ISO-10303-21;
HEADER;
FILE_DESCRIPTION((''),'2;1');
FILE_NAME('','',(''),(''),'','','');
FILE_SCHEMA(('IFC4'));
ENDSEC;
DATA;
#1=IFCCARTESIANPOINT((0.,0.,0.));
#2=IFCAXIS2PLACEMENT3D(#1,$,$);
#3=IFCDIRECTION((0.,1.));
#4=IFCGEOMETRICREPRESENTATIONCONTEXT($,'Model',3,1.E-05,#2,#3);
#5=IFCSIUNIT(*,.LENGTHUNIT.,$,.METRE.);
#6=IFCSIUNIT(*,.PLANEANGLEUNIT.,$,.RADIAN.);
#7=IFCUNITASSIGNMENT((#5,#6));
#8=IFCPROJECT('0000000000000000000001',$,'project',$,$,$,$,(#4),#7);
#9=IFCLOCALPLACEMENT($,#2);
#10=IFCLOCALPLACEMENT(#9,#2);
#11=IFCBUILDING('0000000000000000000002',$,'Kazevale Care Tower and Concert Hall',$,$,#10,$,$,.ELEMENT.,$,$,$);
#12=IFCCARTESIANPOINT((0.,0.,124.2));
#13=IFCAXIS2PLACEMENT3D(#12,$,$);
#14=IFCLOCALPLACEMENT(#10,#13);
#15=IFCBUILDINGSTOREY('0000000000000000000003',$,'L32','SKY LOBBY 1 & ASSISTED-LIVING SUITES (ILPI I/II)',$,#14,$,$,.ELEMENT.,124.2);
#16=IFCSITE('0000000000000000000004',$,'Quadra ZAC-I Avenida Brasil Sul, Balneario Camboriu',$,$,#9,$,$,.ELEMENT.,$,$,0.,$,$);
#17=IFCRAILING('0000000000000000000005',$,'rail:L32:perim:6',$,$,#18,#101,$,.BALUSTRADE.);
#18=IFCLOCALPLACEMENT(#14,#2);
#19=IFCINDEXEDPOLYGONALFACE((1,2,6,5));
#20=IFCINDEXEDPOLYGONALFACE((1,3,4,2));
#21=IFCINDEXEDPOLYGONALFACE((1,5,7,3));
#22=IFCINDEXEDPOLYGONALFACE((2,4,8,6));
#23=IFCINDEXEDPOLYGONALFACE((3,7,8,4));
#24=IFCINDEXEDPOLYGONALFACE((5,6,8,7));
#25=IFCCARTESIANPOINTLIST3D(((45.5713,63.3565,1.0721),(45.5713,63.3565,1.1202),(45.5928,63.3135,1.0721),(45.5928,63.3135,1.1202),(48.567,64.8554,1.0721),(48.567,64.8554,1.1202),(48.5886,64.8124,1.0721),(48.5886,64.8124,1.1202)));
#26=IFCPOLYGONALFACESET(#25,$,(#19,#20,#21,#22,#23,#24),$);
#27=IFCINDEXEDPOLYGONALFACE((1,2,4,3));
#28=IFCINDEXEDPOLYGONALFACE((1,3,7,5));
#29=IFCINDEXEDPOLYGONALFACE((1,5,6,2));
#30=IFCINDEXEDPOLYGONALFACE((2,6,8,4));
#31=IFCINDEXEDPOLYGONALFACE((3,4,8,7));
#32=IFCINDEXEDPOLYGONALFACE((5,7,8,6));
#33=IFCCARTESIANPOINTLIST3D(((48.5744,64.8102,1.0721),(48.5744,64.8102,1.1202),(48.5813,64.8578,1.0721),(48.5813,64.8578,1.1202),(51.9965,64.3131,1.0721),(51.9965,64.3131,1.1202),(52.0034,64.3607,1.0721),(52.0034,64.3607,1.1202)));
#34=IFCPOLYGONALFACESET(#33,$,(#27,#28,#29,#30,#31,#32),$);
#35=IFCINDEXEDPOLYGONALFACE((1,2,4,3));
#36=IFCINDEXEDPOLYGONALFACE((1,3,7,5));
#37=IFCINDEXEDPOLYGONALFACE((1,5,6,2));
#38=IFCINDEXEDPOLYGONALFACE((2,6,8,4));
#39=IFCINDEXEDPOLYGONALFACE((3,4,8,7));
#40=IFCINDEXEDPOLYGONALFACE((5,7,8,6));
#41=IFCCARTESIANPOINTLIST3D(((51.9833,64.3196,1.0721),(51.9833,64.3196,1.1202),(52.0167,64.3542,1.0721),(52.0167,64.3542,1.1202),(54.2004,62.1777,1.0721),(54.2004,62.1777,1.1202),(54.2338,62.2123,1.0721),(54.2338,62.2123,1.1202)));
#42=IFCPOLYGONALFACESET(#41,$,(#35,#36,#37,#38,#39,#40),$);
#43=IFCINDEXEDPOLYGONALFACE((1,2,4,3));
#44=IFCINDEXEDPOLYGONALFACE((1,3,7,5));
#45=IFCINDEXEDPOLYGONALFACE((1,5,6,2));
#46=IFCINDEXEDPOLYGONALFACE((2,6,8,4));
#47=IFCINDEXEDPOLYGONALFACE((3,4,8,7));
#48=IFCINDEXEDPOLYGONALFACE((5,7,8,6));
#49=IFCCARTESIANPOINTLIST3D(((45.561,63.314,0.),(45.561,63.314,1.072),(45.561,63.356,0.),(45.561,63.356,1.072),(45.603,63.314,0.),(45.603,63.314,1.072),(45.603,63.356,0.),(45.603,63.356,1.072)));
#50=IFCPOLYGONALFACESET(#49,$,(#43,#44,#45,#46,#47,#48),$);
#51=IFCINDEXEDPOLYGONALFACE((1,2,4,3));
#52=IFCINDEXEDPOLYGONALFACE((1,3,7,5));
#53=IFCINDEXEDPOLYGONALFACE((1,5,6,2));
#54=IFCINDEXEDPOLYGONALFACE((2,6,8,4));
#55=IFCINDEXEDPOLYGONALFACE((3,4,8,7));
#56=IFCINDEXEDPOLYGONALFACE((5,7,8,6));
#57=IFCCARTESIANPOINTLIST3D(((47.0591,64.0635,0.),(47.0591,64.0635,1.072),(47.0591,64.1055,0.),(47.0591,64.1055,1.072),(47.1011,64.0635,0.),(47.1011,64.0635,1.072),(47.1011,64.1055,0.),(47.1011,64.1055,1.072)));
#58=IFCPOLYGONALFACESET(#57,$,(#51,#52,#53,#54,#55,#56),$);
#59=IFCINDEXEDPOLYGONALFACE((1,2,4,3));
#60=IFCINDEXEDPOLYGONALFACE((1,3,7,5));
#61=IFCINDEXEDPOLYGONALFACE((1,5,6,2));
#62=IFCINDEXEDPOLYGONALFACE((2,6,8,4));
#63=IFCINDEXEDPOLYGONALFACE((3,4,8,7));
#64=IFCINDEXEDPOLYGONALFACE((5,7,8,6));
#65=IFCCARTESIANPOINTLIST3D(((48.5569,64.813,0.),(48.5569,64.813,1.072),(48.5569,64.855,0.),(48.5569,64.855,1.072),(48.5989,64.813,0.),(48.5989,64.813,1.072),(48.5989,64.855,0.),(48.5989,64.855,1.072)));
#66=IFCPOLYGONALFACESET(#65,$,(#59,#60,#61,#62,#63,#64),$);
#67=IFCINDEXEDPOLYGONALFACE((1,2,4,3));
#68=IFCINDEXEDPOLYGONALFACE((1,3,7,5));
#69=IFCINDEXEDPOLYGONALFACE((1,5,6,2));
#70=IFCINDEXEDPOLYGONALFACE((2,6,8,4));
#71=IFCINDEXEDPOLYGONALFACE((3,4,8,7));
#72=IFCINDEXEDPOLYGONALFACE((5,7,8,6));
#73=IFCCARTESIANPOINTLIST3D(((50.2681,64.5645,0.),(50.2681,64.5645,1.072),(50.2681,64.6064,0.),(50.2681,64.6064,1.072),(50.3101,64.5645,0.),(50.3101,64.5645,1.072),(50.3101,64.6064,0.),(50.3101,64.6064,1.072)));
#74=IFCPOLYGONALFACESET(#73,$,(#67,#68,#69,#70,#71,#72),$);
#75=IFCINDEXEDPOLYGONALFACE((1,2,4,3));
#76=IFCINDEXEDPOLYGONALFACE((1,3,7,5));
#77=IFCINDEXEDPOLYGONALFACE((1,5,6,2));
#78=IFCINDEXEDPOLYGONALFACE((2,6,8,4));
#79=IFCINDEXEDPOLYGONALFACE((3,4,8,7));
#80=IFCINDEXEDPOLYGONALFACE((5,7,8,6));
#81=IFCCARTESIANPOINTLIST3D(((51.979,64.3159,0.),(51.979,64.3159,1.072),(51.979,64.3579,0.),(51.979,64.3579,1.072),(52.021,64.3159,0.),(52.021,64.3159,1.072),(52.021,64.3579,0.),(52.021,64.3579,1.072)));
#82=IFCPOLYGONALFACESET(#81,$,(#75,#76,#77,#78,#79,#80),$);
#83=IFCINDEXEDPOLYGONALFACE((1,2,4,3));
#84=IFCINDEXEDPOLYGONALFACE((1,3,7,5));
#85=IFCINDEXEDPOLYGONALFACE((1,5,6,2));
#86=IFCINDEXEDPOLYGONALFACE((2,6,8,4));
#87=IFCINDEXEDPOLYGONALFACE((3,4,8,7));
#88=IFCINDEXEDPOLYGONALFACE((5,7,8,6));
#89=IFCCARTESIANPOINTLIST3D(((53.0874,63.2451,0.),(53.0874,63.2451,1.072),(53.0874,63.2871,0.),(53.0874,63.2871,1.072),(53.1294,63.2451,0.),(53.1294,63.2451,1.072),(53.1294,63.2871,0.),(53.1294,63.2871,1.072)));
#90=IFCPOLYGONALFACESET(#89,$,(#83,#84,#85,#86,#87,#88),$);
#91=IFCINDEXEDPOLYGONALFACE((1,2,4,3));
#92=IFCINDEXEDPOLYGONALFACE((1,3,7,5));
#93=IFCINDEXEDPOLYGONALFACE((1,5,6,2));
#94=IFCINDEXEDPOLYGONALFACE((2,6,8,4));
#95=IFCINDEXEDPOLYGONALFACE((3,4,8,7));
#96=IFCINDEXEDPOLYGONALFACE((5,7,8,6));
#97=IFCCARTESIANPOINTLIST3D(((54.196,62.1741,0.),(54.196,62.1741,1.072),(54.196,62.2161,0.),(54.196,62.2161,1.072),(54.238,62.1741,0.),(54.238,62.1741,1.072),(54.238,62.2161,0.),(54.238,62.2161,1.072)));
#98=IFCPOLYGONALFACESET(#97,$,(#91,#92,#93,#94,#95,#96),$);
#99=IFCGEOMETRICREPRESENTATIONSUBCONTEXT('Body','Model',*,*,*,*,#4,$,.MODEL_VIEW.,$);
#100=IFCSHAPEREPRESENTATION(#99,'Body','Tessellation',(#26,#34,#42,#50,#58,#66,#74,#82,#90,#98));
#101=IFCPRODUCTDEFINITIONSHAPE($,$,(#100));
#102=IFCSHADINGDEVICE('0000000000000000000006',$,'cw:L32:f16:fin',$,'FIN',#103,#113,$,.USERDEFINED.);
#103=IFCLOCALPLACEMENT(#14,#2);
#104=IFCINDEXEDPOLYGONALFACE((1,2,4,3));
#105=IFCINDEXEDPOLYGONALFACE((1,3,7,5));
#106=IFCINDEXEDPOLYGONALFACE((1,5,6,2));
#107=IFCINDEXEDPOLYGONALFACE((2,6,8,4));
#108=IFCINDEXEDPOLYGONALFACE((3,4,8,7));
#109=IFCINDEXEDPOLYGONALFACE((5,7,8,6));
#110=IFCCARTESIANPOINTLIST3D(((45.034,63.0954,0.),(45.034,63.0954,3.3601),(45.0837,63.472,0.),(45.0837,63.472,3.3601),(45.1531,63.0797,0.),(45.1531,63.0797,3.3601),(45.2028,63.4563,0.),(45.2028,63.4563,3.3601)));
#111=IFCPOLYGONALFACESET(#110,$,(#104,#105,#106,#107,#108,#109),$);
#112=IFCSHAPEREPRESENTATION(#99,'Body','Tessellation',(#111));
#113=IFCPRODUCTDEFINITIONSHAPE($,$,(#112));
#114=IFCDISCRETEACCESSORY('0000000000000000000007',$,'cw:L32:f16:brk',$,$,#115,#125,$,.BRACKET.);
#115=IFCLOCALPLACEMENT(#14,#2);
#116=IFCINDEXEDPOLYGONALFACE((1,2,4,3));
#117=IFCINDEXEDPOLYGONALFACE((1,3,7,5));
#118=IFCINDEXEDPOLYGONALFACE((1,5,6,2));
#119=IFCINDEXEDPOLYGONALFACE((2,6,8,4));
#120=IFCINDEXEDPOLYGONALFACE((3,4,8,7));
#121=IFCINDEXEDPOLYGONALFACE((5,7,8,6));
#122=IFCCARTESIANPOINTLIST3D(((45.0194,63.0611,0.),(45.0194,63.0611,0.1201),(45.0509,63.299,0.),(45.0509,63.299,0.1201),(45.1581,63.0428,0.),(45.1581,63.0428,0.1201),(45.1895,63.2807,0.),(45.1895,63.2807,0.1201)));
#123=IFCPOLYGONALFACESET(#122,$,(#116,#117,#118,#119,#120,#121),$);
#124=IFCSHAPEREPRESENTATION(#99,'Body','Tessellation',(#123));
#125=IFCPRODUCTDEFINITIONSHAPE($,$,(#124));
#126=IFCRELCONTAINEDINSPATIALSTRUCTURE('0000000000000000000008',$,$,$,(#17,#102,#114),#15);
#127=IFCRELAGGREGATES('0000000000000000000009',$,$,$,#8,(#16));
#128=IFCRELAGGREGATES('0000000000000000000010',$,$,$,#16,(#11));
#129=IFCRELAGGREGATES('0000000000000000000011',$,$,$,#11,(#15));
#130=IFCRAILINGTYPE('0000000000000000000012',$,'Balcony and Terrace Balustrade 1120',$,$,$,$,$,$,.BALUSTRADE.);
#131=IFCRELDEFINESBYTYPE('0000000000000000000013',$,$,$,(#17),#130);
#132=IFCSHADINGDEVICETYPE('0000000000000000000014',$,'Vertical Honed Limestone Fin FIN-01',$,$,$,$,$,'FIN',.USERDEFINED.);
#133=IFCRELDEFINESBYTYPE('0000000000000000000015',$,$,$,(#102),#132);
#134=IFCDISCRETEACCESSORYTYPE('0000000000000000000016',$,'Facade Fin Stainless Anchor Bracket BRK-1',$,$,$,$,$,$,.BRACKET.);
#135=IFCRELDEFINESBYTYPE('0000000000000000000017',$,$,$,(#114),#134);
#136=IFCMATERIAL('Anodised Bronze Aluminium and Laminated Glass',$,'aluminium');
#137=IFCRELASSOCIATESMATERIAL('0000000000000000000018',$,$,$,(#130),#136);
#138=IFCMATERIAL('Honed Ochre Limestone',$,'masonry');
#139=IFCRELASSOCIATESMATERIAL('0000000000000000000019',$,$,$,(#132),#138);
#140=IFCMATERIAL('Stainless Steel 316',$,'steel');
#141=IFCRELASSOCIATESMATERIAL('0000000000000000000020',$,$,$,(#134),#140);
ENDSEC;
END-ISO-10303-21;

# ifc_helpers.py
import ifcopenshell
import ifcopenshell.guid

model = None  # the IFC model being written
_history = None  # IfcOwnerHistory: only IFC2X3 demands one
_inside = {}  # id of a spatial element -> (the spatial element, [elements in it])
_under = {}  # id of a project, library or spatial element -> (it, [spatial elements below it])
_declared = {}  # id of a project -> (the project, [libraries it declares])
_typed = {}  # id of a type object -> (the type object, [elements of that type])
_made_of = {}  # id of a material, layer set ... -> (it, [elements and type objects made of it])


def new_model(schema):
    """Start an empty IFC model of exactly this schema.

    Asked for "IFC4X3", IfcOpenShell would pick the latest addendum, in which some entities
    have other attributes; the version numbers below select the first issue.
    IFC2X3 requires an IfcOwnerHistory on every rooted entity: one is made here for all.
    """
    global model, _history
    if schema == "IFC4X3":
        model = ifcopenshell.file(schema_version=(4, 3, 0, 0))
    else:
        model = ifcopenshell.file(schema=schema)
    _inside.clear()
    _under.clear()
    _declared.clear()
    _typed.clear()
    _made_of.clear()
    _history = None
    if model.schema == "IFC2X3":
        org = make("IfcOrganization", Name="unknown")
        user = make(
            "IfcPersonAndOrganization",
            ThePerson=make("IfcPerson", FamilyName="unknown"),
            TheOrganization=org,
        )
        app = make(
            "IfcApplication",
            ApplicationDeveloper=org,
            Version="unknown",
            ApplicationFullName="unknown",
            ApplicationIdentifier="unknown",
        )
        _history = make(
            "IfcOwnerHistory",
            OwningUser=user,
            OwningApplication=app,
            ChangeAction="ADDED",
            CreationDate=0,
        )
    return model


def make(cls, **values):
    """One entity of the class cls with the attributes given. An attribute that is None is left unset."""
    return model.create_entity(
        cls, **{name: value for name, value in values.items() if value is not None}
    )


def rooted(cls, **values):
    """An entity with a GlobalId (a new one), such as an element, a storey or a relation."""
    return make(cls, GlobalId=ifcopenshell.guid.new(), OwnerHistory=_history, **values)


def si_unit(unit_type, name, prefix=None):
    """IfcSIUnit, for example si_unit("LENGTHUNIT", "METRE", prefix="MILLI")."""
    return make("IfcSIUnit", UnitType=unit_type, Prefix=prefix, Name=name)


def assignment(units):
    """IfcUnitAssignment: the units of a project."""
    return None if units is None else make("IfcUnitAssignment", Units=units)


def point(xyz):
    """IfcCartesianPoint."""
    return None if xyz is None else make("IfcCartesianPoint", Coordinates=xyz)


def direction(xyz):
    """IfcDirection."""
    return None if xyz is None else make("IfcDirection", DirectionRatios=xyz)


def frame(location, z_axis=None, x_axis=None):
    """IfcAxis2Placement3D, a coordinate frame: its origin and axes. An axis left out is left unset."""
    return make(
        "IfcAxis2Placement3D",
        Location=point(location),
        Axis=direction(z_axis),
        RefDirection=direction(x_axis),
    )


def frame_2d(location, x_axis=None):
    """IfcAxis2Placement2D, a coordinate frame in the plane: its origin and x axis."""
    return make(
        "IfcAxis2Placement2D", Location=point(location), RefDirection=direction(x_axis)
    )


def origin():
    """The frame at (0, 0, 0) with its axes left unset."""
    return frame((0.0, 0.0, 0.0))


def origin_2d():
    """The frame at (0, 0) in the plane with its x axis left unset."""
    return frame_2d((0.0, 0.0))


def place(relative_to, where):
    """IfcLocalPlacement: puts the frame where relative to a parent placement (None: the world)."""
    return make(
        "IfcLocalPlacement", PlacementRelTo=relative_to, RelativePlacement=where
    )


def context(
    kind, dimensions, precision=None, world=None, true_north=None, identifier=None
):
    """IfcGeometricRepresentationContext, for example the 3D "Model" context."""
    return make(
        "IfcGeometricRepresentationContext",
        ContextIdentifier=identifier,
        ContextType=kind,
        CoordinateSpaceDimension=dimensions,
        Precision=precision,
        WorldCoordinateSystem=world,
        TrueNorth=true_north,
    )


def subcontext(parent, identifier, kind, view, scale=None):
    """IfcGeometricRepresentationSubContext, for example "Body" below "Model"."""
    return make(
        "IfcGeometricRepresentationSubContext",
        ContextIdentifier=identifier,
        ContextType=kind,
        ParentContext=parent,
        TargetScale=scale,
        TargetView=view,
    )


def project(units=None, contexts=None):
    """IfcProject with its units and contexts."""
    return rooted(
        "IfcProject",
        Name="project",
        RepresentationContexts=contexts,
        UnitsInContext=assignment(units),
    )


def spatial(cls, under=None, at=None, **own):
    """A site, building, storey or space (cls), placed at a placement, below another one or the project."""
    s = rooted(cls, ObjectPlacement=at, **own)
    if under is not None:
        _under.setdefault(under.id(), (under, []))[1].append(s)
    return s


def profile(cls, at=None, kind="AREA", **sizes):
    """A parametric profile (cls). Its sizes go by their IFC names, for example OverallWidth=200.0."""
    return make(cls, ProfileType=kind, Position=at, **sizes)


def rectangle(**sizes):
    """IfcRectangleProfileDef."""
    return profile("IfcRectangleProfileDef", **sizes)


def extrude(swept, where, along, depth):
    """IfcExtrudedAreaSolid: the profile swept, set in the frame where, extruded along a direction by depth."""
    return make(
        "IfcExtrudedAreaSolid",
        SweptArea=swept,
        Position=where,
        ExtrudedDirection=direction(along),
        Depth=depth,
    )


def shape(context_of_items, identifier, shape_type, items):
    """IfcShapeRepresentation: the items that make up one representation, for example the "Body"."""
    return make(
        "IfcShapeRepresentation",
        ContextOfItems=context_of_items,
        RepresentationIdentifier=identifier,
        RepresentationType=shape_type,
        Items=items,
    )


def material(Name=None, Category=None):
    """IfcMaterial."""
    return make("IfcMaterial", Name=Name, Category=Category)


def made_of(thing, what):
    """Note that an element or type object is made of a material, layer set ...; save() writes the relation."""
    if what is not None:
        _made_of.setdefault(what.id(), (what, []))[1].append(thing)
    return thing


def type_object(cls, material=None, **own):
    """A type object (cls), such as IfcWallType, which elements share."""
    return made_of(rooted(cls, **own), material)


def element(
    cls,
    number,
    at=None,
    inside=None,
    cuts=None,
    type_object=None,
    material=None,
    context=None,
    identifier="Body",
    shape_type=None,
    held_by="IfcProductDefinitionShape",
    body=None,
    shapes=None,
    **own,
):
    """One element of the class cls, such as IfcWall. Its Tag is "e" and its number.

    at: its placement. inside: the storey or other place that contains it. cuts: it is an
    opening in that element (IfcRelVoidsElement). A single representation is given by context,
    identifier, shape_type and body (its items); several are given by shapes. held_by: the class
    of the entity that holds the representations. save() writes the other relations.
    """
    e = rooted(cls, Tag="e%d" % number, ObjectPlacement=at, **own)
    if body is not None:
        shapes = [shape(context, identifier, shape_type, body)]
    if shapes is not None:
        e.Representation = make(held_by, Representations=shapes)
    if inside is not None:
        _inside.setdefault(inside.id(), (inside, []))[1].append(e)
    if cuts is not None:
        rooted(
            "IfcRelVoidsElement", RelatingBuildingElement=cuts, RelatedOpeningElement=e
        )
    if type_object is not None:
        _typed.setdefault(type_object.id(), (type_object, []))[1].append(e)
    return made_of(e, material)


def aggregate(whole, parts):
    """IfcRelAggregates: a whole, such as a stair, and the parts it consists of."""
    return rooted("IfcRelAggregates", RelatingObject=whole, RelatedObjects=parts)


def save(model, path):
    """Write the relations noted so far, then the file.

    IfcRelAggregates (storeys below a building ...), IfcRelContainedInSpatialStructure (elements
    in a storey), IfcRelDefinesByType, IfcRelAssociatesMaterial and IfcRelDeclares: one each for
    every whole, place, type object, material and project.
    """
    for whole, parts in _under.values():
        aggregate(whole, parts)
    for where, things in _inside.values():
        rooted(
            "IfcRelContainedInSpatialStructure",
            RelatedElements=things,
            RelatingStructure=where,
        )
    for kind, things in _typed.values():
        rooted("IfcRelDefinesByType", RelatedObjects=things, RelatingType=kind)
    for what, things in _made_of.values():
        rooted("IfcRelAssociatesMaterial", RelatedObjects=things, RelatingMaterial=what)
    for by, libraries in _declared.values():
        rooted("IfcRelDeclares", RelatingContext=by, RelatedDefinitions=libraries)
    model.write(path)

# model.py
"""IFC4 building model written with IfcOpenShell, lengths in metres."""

from ifc_helpers import new_model, si_unit, direction, frame, origin, origin_2d, place, context, subcontext, project, spatial, rectangle, extrude, material, type_object, element, save


model = new_model("IFC4")

# Units and contexts
model_context = context("Model", 3, precision=1e-05, world=origin(), true_north=direction((0.0, 1.0)))
body_context = subcontext(model_context, "Body", "Model", "MODEL_VIEW")
ifc_project = project(units=[si_unit("LENGTHUNIT", "METRE"), si_unit("PLANEANGLEUNIT", "RADIAN")], contexts=[model_context])

# Site, building, storey
site_placement = place(None, origin())
site = spatial("IfcSite", under=ifc_project, at=site_placement, Name="Quadra ZAC-I Avenida Brasil Sul, Balneario Camboriu", CompositionType="ELEMENT", RefElevation=0.0)
building_placement = place(site_placement, origin())
building = spatial("IfcBuilding", under=site, at=building_placement, Name="Kazevale Care Tower and Concert Hall", CompositionType="ELEMENT")
storey_placement = place(building_placement, frame((0.0, 0.0, 124.2)))
storey = spatial("IfcBuildingStorey", under=building, at=storey_placement, Name="L32", Description="SKY LOBBY 1 & ASSISTED-LIVING SUITES (ILPI I/II)", CompositionType="ELEMENT", Elevation=124.2)

# Railing
ifc_material_1 = material(Name="Anodised Bronze Aluminium and Laminated Glass", Category="aluminium")
railing_type = type_object("IfcRailingType", Name="Balcony and Terrace Balustrade 1120", PredefinedType="BALUSTRADE", material=ifc_material_1)
railing_placement = place(storey_placement, frame((45.582, 63.335, 0.0)))
element("IfcRailing", 1, at=railing_placement, inside=storey, type_object=railing_type, Name="rail:L32:perim:6", PredefinedType="BALUSTRADE", context=body_context, shape_type="SweptSolid", body=[
    extrude(rectangle(XDim=0.0481, YDim=0.0481, at=origin_2d()), frame((0.0, 0.0, 1.0962), z_axis=(0.894296, 0.447476, 0.0), x_axis=(-0.447476, 0.894296, 0.0)), (0.0, 0.0, 1.0), 3.3499),
    extrude(rectangle(XDim=0.0481, YDim=0.0481, at=origin_2d()), frame((2.9958, 1.499, 1.0962), z_axis=(0.989615, -0.143744, 0.0), x_axis=(0.143744, 0.989615, 0.0)), (0.0, 0.0, 1.0), 3.458),
    extrude(rectangle(XDim=0.0481, YDim=0.0481, at=origin_2d()), frame((6.418, 1.002, 1.0962), z_axis=(0.719198, -0.694805, 0.0), x_axis=(0.694805, 0.719198, 0.0)), (0.0, 0.0, 1.0), 3.0828),
    extrude(rectangle(XDim=0.042, YDim=0.042, at=origin_2d()), origin(), (0.0, 0.0, 1.0), 1.072),
    extrude(rectangle(XDim=0.042, YDim=0.042, at=origin_2d()), frame((1.498, 0.7495, 0.0)), (0.0, 0.0, 1.0), 1.072),
    extrude(rectangle(XDim=0.042, YDim=0.042, at=origin_2d()), frame((2.9958, 1.499, 0.0)), (0.0, 0.0, 1.0), 1.072),
    extrude(rectangle(XDim=0.042, YDim=0.042, at=origin_2d()), frame((4.707, 1.2505, 0.0)), (0.0, 0.0, 1.0), 1.072),
    extrude(rectangle(XDim=0.042, YDim=0.042, at=origin_2d()), frame((6.418, 1.002, 0.0)), (0.0, 0.0, 1.0), 1.072),
    extrude(rectangle(XDim=0.042, YDim=0.042, at=origin_2d()), frame((7.5264, -0.0688, 0.0)), (0.0, 0.0, 1.0), 1.072),
    extrude(rectangle(XDim=0.042, YDim=0.042, at=origin_2d()), frame((8.635, -1.1399, 0.0)), (0.0, 0.0, 1.0), 1.072),
])

# Shading device
ifc_material_2 = material(Name="Honed Ochre Limestone", Category="masonry")
shading_device_type = type_object("IfcShadingDeviceType", Name="Vertical Honed Limestone Fin FIN-01", ElementType="FIN", PredefinedType="USERDEFINED", material=ifc_material_2)
shading_device_placement = place(storey_placement, frame((45.1184, 63.2759, 0.0), z_axis=(0.0, 0.0, 1.0), x_axis=(0.130872, 0.991399, 0.0)))
element("IfcShadingDevice", 2, at=shading_device_placement, inside=storey, type_object=shading_device_type, Name="cw:L32:f16:fin", ObjectType="FIN", PredefinedType="USERDEFINED", context=body_context, shape_type="SweptSolid", body=[
    extrude(rectangle(XDim=0.3799, YDim=0.1201, at=origin_2d()), origin(), (0.0, 0.0, 1.0), 3.3601),
])

# Discrete accessory
ifc_material_3 = material(Name="Stainless Steel 316", Category="steel")
discrete_accessory_type = type_object("IfcDiscreteAccessoryType", Name="Facade Fin Stainless Anchor Bracket BRK-1", PredefinedType="BRACKET", material=ifc_material_3)
discrete_accessory_placement = place(storey_placement, frame((45.1045, 63.1709, 0.0), z_axis=(0.0, 0.0, 1.0), x_axis=(0.130872, 0.991399, 0.0)))
element("IfcDiscreteAccessory", 3, at=discrete_accessory_placement, inside=storey, type_object=discrete_accessory_type, Name="cw:L32:f16:brk", PredefinedType="BRACKET", context=body_context, shape_type="SweptSolid", body=[
    extrude(rectangle(XDim=0.24, YDim=0.1399, at=origin_2d()), origin(), (0.0, 0.0, 1.0), 0.1201),
])

save(model, "model.ifc")
